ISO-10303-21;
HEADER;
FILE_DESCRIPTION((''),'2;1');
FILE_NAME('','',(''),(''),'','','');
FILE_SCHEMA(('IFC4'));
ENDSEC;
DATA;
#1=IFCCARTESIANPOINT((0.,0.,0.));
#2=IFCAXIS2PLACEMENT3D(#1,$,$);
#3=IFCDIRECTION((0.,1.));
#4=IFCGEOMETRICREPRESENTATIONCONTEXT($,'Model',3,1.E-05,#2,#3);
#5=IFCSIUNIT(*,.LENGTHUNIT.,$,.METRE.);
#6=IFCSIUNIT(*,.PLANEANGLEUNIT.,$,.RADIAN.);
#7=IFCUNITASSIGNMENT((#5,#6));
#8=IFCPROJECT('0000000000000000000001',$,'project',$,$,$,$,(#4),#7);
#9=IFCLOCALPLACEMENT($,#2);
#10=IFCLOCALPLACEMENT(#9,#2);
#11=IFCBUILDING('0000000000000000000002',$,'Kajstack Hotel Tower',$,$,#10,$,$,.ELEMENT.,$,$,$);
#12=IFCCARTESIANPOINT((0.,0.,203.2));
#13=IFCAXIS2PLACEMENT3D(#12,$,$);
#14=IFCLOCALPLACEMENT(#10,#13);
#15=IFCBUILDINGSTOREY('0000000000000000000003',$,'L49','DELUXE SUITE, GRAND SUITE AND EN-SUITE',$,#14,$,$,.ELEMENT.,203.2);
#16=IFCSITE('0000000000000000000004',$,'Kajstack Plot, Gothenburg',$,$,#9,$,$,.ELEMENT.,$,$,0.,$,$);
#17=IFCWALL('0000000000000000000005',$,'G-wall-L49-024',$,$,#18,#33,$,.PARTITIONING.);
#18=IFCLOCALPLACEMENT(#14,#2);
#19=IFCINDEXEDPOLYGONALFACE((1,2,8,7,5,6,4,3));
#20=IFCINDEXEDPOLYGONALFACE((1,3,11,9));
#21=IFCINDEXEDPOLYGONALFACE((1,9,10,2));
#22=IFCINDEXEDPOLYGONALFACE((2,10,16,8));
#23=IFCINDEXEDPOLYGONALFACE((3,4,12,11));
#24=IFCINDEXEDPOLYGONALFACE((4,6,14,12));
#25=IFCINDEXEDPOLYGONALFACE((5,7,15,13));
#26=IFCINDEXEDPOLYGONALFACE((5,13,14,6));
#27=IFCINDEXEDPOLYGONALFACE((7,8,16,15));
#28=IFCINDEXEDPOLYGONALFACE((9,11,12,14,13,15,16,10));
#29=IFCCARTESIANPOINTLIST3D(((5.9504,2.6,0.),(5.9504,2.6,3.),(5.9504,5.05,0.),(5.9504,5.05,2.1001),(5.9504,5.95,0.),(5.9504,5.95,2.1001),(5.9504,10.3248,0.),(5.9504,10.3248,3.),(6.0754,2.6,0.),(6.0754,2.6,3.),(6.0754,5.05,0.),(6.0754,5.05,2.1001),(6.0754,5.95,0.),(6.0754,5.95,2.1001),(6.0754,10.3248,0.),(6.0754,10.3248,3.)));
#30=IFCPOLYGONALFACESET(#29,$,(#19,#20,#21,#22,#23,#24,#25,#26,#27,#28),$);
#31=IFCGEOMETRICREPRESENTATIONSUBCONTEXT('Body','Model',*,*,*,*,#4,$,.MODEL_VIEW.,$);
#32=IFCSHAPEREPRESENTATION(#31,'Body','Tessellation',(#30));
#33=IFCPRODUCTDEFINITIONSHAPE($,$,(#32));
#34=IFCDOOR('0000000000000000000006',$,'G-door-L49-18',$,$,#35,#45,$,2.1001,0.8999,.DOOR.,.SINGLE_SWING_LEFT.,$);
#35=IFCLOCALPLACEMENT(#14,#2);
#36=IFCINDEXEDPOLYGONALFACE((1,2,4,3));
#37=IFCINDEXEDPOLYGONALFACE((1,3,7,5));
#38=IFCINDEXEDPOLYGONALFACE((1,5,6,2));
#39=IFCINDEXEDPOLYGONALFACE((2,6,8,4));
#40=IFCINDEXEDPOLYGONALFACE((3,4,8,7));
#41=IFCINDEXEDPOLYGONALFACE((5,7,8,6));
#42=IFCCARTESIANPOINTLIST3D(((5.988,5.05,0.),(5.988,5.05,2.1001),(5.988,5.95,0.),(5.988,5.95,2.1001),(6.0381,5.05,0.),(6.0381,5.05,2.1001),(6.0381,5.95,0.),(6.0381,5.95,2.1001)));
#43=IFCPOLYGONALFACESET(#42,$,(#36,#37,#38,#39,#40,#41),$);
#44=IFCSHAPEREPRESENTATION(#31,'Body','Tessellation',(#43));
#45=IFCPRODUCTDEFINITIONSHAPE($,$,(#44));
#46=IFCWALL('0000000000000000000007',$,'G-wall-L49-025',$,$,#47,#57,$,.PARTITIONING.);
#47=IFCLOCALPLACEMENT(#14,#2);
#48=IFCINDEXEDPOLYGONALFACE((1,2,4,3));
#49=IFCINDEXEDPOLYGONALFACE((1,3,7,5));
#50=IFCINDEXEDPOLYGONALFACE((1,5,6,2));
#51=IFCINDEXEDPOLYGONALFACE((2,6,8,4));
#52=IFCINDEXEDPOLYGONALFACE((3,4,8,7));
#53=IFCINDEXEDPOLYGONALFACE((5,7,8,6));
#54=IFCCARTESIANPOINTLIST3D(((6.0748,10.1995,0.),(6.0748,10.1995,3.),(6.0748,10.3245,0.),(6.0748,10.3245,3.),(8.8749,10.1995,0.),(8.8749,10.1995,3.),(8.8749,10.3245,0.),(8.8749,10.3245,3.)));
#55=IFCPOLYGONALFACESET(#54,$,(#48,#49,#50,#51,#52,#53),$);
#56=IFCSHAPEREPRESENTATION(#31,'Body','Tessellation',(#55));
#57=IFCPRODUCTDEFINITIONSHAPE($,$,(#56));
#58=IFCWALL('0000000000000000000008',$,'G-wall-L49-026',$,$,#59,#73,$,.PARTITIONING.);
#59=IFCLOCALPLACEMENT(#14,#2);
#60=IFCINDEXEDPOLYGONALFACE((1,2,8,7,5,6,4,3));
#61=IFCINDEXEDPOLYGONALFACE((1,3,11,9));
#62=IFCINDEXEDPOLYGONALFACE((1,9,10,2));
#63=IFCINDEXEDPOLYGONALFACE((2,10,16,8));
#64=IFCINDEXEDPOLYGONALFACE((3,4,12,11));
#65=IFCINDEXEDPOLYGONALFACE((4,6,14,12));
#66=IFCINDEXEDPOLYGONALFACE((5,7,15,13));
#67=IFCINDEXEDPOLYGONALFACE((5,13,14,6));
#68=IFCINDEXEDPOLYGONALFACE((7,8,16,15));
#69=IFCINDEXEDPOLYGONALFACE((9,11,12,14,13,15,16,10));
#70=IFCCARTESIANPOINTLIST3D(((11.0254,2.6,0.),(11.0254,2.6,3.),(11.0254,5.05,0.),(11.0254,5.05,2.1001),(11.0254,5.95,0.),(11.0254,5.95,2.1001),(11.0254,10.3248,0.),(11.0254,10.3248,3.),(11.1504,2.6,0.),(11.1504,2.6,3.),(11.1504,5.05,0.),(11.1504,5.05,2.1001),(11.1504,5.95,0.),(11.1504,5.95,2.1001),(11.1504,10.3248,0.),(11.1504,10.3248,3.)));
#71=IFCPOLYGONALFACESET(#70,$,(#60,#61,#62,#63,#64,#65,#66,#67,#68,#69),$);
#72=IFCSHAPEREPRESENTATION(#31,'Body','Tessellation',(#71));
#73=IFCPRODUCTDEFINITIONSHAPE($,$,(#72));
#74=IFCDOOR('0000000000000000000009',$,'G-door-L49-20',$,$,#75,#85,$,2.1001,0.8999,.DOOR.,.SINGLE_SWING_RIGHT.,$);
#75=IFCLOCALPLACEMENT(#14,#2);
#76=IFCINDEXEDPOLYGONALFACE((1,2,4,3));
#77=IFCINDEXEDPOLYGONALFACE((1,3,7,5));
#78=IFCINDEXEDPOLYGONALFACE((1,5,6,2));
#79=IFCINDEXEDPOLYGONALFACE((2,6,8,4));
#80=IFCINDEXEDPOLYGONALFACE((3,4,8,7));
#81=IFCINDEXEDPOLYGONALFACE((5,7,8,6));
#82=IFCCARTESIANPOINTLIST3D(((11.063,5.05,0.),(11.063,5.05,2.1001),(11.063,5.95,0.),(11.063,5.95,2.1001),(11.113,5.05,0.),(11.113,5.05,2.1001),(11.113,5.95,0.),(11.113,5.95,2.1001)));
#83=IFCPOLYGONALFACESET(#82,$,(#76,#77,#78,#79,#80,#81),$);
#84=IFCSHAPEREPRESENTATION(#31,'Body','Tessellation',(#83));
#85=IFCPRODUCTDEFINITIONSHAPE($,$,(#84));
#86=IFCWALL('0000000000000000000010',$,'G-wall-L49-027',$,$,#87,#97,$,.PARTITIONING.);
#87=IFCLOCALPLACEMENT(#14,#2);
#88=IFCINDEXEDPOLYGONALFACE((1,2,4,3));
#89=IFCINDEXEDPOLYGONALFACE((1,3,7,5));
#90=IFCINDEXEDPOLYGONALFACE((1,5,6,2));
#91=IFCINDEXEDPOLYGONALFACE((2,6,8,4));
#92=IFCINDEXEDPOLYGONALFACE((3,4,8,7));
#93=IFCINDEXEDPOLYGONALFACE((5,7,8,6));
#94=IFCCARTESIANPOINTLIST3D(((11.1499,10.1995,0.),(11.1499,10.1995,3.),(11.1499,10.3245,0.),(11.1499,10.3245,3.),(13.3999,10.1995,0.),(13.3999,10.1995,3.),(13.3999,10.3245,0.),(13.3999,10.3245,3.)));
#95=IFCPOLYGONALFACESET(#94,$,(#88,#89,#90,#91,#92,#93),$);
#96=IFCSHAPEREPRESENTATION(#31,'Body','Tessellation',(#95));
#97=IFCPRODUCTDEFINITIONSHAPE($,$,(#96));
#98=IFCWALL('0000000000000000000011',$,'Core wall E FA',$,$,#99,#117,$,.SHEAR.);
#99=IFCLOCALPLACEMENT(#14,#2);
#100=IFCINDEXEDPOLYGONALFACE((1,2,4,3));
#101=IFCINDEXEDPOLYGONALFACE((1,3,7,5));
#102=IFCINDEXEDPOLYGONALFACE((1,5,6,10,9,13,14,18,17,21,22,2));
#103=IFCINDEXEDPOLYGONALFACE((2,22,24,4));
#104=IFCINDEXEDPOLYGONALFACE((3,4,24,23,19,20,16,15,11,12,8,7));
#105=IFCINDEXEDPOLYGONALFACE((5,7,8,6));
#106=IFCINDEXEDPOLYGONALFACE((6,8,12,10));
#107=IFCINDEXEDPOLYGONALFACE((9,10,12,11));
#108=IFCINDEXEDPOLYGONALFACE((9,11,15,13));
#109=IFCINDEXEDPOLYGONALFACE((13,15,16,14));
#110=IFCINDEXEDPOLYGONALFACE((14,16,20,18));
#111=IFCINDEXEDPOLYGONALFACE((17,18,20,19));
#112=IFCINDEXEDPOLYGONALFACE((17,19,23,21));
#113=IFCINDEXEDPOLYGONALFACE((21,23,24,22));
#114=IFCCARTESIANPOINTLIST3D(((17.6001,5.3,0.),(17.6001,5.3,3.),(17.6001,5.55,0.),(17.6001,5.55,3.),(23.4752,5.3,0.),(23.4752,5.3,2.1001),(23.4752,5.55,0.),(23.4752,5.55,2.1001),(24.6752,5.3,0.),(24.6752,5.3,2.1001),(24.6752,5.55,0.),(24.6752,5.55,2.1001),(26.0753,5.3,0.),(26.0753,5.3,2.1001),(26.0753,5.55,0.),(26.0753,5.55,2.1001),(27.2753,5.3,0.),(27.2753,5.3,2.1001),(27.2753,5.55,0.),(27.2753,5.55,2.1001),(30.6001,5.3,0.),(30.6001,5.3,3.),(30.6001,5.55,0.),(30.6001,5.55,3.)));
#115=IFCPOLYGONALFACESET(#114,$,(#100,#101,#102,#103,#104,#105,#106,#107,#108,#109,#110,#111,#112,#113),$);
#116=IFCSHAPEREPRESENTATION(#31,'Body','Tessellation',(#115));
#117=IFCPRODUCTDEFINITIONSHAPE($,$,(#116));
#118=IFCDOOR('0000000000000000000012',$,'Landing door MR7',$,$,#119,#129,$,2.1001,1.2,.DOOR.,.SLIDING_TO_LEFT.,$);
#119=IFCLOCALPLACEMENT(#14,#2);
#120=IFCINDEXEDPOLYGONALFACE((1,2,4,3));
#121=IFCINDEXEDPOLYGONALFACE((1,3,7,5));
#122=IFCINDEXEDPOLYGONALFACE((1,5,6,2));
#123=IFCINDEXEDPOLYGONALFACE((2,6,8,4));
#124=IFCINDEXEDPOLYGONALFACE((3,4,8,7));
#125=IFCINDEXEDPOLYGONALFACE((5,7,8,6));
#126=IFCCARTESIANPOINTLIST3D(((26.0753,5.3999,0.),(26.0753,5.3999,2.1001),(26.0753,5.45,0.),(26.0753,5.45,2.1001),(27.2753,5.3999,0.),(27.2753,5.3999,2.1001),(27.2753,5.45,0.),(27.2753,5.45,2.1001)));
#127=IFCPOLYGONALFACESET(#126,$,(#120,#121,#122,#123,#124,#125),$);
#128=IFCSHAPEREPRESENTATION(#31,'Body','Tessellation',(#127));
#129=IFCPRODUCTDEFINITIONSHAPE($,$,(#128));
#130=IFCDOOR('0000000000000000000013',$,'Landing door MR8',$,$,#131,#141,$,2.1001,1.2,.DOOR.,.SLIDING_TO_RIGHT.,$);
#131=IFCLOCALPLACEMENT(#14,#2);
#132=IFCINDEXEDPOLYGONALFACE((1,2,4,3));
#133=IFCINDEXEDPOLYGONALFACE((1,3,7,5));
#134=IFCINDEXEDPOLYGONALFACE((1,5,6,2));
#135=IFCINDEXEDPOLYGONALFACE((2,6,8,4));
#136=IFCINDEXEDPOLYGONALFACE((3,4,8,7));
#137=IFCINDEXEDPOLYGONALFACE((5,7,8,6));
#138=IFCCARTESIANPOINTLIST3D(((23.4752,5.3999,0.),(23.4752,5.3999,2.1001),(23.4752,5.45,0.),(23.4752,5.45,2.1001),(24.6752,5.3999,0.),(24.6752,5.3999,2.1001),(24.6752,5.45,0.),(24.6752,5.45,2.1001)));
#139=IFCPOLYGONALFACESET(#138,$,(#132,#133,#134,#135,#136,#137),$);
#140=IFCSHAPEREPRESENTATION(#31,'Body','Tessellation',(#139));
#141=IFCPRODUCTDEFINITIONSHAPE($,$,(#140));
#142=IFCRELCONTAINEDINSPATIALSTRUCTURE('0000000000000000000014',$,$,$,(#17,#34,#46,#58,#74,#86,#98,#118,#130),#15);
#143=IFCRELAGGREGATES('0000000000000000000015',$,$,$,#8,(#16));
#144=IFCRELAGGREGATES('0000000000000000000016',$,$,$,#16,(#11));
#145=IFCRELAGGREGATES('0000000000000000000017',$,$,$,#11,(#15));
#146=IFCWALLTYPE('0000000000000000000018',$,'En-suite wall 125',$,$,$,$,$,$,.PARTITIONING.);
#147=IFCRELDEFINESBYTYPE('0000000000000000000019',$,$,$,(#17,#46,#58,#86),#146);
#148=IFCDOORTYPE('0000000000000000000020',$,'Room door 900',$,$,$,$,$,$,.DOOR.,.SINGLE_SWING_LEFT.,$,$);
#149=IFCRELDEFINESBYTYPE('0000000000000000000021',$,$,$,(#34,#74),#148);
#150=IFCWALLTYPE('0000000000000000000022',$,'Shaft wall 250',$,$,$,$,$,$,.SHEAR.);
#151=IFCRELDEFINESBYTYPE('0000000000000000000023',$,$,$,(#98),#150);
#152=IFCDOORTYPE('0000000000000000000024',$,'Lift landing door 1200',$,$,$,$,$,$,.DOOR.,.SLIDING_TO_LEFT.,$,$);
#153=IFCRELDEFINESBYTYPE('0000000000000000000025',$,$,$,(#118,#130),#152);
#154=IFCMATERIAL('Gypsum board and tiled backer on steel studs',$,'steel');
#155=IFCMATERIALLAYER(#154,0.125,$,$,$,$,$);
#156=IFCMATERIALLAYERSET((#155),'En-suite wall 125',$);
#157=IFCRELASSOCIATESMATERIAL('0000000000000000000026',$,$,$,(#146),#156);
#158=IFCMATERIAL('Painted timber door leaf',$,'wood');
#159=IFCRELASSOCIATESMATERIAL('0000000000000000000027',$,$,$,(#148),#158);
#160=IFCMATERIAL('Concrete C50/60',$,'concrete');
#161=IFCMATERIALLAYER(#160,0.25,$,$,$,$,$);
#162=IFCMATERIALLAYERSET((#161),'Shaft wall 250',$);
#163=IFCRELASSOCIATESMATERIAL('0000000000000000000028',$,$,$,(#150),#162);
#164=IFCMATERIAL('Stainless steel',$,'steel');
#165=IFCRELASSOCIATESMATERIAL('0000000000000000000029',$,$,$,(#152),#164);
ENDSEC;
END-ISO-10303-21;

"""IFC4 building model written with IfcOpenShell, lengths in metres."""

from ifc_helpers import new_model, si_unit, direction, frame, frame_2d, origin, place, context, subcontext, project, spatial, rectangle, extrude, material, layer, layer_set, type_object, element, fill, save


model = new_model("IFC4")

# Units and contexts
model_context = context("Model", 3, precision=1e-05, world=origin(), true_north=direction((0.0, 1.0)))
body_context = subcontext(model_context, "Body", "Model", "MODEL_VIEW")
ifc_project = project(units=[si_unit("LENGTHUNIT", "METRE"), si_unit("PLANEANGLEUNIT", "RADIAN")], contexts=[model_context])

# Site, building, storey
site_placement = place(None, origin())
site = spatial("IfcSite", under=ifc_project, at=site_placement, Name="Kajstack Plot, Gothenburg", CompositionType="ELEMENT", RefElevation=0.0)
building_placement = place(site_placement, origin())
building = spatial("IfcBuilding", under=site, at=building_placement, Name="Kajstack Hotel Tower", CompositionType="ELEMENT")
storey_placement = place(building_placement, frame((0.0, 0.0, 203.2)))
storey = spatial("IfcBuildingStorey", under=building, at=storey_placement, Name="L49", Description="DELUXE SUITE, GRAND SUITE AND EN-SUITE", CompositionType="ELEMENT", Elevation=203.2)

# Wall, opening, door
ifc_material_1 = material(Name="Gypsum board and tiled backer on steel studs", Category="steel")
ifc_layer_1 = layer(ifc_material_1, 0.125)
ifc_layer_set_1 = layer_set([ifc_layer_1], Name="En-suite wall 125")
wall_type_1 = type_object("IfcWallType", Name="En-suite wall 125", PredefinedType="PARTITIONING", material=ifc_layer_set_1)
wall_1_placement = place(storey_placement, frame((6.0129, 2.6001, 0.0), z_axis=(0.0, 0.0, 1.0), x_axis=(0.0, 1.0, 0.0)))
wall_1 = element("IfcWall", 1, at=wall_1_placement, inside=storey, type_object=wall_type_1, Name="G-wall-L49-024", PredefinedType="PARTITIONING", context=body_context, shape_type="SweptSolid", body=[
    extrude(rectangle(XDim=7.7249, YDim=0.125, at=frame_2d((3.8623, 0.0))), origin(), (0.0, 0.0, 1.0), 3.0),
])
opening_1_placement = place(wall_1_placement, frame((2.45, 0.0, 0.0)))
opening_1 = element("IfcOpeningElement", 2, at=opening_1_placement, cuts=wall_1, PredefinedType="OPENING", context=body_context, shape_type="SweptSolid", body=[
    extrude(rectangle(XDim=0.8999, YDim=2.1001, at=frame_2d((0.45, 1.05))), frame((0.0, 0.0725, 0.0), z_axis=(0.0, -1.0, 0.0), x_axis=(1.0, 0.0, 0.0)), (0.0, 0.0, 1.0), 0.145),
])
ifc_material_2 = material(Name="Painted timber door leaf", Category="wood")
door_type_1 = type_object("IfcDoorType", Name="Room door 900", OperationType="SINGLE_SWING_LEFT", PredefinedType="DOOR", material=ifc_material_2)
door_1_placement = place(opening_1_placement, origin())
door_1 = element("IfcDoor", 3, at=door_1_placement, inside=storey, type_object=door_type_1, Name="G-door-L49-18", OperationType="SINGLE_SWING_LEFT", OverallHeight=2.1001, OverallWidth=0.8999, PredefinedType="DOOR", context=body_context, shape_type="SweptSolid", body=[
    extrude(rectangle(XDim=0.8999, YDim=2.1001, at=frame_2d((0.45, 1.05))), frame((0.0, 0.0249, 0.0), z_axis=(0.0, -1.0, 0.0), x_axis=(1.0, 0.0, 0.0)), (0.0, 0.0, 1.0), 0.05),
])
fill(opening_1, door_1)

# Wall
wall_2_placement = place(storey_placement, frame((6.075, 10.262, 0.0), z_axis=(0.0, 0.0, 1.0), x_axis=(1.0, 0.0, 0.0)))
element("IfcWall", 4, at=wall_2_placement, inside=storey, type_object=wall_type_1, Name="G-wall-L49-025", PredefinedType="PARTITIONING", context=body_context, shape_type="SweptSolid", body=[
    extrude(rectangle(XDim=2.8, YDim=0.125, at=frame_2d((1.3999, 0.0))), origin(), (0.0, 0.0, 1.0), 3.0),
])

# Wall, opening, door
wall_3_placement = place(storey_placement, frame((11.0879, 2.6001, 0.0), z_axis=(0.0, 0.0, 1.0), x_axis=(0.0, 1.0, 0.0)))
wall_3 = element("IfcWall", 5, at=wall_3_placement, inside=storey, type_object=wall_type_1, Name="G-wall-L49-026", PredefinedType="PARTITIONING", context=body_context, shape_type="SweptSolid", body=[
    extrude(rectangle(XDim=7.7249, YDim=0.125, at=frame_2d((3.8623, 0.0))), origin(), (0.0, 0.0, 1.0), 3.0),
])
opening_2_placement = place(wall_3_placement, frame((2.45, 0.0, 0.0)))
opening_2 = element("IfcOpeningElement", 6, at=opening_2_placement, cuts=wall_3, PredefinedType="OPENING", context=body_context, shape_type="SweptSolid", body=[
    extrude(rectangle(XDim=0.8999, YDim=2.1001, at=frame_2d((0.45, 1.05))), frame((0.0, 0.0725, 0.0), z_axis=(0.0, -1.0, 0.0), x_axis=(1.0, 0.0, 0.0)), (0.0, 0.0, 1.0), 0.145),
])
door_2_placement = place(opening_2_placement, origin())
door_2 = element("IfcDoor", 7, at=door_2_placement, inside=storey, type_object=door_type_1, Name="G-door-L49-20", OperationType="SINGLE_SWING_RIGHT", OverallHeight=2.1001, OverallWidth=0.8999, PredefinedType="DOOR", context=body_context, shape_type="SweptSolid", body=[
    extrude(rectangle(XDim=0.8999, YDim=2.1001, at=frame_2d((0.45, 1.05))), frame((0.0, 0.0249, 0.0), z_axis=(0.0, -1.0, 0.0), x_axis=(1.0, 0.0, 0.0)), (0.0, 0.0, 1.0), 0.05),
])
fill(opening_2, door_2)

# Wall
wall_4_placement = place(storey_placement, frame((11.1499, 10.262, 0.0), z_axis=(0.0, 0.0, 1.0), x_axis=(1.0, 0.0, 0.0)))
element("IfcWall", 8, at=wall_4_placement, inside=storey, type_object=wall_type_1, Name="G-wall-L49-027", PredefinedType="PARTITIONING", context=body_context, shape_type="SweptSolid", body=[
    extrude(rectangle(XDim=2.25, YDim=0.125, at=frame_2d((1.125, 0.0))), origin(), (0.0, 0.0, 1.0), 3.0),
])

# Wall, openings, doors
ifc_material_3 = material(Name="Concrete C50/60", Category="concrete")
ifc_layer_2 = layer(ifc_material_3, 0.25)
ifc_layer_set_2 = layer_set([ifc_layer_2], Name="Shaft wall 250")
wall_type_2 = type_object("IfcWallType", Name="Shaft wall 250", PredefinedType="SHEAR", material=ifc_layer_set_2)
wall_5_placement = place(storey_placement, frame((17.6001, 5.425, 0.0), z_axis=(0.0, 0.0, 1.0), x_axis=(1.0, 0.0, 0.0)))
wall_5 = element("IfcWall", 9, at=wall_5_placement, inside=storey, type_object=wall_type_2, Name="Core wall E FA", PredefinedType="SHEAR", context=body_context, shape_type="SweptSolid", body=[
    extrude(rectangle(XDim=13.0, YDim=0.25, at=frame_2d((6.5, 0.0))), origin(), (0.0, 0.0, 1.0), 3.0),
])
opening_3_placement = place(wall_5_placement, frame((8.4751, 0.0, 0.0)))
opening_3 = element("IfcOpeningElement", 10, at=opening_3_placement, cuts=wall_5, PredefinedType="OPENING", context=body_context, shape_type="SweptSolid", body=[
    extrude(rectangle(XDim=1.2, YDim=2.1001, at=frame_2d((0.6001, 1.05))), frame((0.0, 0.135, 0.0), z_axis=(0.0, -1.0, 0.0), x_axis=(1.0, 0.0, 0.0)), (0.0, 0.0, 1.0), 0.27),
])
opening_4_placement = place(wall_5_placement, frame((5.875, 0.0, 0.0)))
opening_4 = element("IfcOpeningElement", 11, at=opening_4_placement, cuts=wall_5, PredefinedType="OPENING", context=body_context, shape_type="SweptSolid", body=[
    extrude(rectangle(XDim=1.2, YDim=2.1001, at=frame_2d((0.6001, 1.05))), frame((0.0, 0.135, 0.0), z_axis=(0.0, -1.0, 0.0), x_axis=(1.0, 0.0, 0.0)), (0.0, 0.0, 1.0), 0.27),
])
ifc_material_4 = material(Name="Stainless steel", Category="steel")
door_type_2 = type_object("IfcDoorType", Name="Lift landing door 1200", OperationType="SLIDING_TO_LEFT", PredefinedType="DOOR", material=ifc_material_4)
door_3_placement = place(opening_3_placement, origin())
door_3 = element("IfcDoor", 12, at=door_3_placement, inside=storey, type_object=door_type_2, Name="Landing door MR7", OperationType="SLIDING_TO_LEFT", OverallHeight=2.1001, OverallWidth=1.2, PredefinedType="DOOR", context=body_context, shape_type="SweptSolid", body=[
    extrude(rectangle(XDim=1.2, YDim=2.1001, at=frame_2d((0.6001, 1.05))), frame((0.0, 0.0249, 0.0), z_axis=(0.0, -1.0, 0.0), x_axis=(1.0, 0.0, 0.0)), (0.0, 0.0, 1.0), 0.05),
])
fill(opening_3, door_3)
door_4_placement = place(opening_4_placement, origin())
door_4 = element("IfcDoor", 13, at=door_4_placement, inside=storey, type_object=door_type_2, Name="Landing door MR8", OperationType="SLIDING_TO_RIGHT", OverallHeight=2.1001, OverallWidth=1.2, PredefinedType="DOOR", context=body_context, shape_type="SweptSolid", body=[
    extrude(rectangle(XDim=1.2, YDim=2.1001, at=frame_2d((0.6001, 1.05))), frame((0.0, 0.0249, 0.0), z_axis=(0.0, -1.0, 0.0), x_axis=(1.0, 0.0, 0.0)), (0.0, 0.0, 1.0), 0.05),
])
fill(opening_4, door_4)

save(model, "model.ifc")
